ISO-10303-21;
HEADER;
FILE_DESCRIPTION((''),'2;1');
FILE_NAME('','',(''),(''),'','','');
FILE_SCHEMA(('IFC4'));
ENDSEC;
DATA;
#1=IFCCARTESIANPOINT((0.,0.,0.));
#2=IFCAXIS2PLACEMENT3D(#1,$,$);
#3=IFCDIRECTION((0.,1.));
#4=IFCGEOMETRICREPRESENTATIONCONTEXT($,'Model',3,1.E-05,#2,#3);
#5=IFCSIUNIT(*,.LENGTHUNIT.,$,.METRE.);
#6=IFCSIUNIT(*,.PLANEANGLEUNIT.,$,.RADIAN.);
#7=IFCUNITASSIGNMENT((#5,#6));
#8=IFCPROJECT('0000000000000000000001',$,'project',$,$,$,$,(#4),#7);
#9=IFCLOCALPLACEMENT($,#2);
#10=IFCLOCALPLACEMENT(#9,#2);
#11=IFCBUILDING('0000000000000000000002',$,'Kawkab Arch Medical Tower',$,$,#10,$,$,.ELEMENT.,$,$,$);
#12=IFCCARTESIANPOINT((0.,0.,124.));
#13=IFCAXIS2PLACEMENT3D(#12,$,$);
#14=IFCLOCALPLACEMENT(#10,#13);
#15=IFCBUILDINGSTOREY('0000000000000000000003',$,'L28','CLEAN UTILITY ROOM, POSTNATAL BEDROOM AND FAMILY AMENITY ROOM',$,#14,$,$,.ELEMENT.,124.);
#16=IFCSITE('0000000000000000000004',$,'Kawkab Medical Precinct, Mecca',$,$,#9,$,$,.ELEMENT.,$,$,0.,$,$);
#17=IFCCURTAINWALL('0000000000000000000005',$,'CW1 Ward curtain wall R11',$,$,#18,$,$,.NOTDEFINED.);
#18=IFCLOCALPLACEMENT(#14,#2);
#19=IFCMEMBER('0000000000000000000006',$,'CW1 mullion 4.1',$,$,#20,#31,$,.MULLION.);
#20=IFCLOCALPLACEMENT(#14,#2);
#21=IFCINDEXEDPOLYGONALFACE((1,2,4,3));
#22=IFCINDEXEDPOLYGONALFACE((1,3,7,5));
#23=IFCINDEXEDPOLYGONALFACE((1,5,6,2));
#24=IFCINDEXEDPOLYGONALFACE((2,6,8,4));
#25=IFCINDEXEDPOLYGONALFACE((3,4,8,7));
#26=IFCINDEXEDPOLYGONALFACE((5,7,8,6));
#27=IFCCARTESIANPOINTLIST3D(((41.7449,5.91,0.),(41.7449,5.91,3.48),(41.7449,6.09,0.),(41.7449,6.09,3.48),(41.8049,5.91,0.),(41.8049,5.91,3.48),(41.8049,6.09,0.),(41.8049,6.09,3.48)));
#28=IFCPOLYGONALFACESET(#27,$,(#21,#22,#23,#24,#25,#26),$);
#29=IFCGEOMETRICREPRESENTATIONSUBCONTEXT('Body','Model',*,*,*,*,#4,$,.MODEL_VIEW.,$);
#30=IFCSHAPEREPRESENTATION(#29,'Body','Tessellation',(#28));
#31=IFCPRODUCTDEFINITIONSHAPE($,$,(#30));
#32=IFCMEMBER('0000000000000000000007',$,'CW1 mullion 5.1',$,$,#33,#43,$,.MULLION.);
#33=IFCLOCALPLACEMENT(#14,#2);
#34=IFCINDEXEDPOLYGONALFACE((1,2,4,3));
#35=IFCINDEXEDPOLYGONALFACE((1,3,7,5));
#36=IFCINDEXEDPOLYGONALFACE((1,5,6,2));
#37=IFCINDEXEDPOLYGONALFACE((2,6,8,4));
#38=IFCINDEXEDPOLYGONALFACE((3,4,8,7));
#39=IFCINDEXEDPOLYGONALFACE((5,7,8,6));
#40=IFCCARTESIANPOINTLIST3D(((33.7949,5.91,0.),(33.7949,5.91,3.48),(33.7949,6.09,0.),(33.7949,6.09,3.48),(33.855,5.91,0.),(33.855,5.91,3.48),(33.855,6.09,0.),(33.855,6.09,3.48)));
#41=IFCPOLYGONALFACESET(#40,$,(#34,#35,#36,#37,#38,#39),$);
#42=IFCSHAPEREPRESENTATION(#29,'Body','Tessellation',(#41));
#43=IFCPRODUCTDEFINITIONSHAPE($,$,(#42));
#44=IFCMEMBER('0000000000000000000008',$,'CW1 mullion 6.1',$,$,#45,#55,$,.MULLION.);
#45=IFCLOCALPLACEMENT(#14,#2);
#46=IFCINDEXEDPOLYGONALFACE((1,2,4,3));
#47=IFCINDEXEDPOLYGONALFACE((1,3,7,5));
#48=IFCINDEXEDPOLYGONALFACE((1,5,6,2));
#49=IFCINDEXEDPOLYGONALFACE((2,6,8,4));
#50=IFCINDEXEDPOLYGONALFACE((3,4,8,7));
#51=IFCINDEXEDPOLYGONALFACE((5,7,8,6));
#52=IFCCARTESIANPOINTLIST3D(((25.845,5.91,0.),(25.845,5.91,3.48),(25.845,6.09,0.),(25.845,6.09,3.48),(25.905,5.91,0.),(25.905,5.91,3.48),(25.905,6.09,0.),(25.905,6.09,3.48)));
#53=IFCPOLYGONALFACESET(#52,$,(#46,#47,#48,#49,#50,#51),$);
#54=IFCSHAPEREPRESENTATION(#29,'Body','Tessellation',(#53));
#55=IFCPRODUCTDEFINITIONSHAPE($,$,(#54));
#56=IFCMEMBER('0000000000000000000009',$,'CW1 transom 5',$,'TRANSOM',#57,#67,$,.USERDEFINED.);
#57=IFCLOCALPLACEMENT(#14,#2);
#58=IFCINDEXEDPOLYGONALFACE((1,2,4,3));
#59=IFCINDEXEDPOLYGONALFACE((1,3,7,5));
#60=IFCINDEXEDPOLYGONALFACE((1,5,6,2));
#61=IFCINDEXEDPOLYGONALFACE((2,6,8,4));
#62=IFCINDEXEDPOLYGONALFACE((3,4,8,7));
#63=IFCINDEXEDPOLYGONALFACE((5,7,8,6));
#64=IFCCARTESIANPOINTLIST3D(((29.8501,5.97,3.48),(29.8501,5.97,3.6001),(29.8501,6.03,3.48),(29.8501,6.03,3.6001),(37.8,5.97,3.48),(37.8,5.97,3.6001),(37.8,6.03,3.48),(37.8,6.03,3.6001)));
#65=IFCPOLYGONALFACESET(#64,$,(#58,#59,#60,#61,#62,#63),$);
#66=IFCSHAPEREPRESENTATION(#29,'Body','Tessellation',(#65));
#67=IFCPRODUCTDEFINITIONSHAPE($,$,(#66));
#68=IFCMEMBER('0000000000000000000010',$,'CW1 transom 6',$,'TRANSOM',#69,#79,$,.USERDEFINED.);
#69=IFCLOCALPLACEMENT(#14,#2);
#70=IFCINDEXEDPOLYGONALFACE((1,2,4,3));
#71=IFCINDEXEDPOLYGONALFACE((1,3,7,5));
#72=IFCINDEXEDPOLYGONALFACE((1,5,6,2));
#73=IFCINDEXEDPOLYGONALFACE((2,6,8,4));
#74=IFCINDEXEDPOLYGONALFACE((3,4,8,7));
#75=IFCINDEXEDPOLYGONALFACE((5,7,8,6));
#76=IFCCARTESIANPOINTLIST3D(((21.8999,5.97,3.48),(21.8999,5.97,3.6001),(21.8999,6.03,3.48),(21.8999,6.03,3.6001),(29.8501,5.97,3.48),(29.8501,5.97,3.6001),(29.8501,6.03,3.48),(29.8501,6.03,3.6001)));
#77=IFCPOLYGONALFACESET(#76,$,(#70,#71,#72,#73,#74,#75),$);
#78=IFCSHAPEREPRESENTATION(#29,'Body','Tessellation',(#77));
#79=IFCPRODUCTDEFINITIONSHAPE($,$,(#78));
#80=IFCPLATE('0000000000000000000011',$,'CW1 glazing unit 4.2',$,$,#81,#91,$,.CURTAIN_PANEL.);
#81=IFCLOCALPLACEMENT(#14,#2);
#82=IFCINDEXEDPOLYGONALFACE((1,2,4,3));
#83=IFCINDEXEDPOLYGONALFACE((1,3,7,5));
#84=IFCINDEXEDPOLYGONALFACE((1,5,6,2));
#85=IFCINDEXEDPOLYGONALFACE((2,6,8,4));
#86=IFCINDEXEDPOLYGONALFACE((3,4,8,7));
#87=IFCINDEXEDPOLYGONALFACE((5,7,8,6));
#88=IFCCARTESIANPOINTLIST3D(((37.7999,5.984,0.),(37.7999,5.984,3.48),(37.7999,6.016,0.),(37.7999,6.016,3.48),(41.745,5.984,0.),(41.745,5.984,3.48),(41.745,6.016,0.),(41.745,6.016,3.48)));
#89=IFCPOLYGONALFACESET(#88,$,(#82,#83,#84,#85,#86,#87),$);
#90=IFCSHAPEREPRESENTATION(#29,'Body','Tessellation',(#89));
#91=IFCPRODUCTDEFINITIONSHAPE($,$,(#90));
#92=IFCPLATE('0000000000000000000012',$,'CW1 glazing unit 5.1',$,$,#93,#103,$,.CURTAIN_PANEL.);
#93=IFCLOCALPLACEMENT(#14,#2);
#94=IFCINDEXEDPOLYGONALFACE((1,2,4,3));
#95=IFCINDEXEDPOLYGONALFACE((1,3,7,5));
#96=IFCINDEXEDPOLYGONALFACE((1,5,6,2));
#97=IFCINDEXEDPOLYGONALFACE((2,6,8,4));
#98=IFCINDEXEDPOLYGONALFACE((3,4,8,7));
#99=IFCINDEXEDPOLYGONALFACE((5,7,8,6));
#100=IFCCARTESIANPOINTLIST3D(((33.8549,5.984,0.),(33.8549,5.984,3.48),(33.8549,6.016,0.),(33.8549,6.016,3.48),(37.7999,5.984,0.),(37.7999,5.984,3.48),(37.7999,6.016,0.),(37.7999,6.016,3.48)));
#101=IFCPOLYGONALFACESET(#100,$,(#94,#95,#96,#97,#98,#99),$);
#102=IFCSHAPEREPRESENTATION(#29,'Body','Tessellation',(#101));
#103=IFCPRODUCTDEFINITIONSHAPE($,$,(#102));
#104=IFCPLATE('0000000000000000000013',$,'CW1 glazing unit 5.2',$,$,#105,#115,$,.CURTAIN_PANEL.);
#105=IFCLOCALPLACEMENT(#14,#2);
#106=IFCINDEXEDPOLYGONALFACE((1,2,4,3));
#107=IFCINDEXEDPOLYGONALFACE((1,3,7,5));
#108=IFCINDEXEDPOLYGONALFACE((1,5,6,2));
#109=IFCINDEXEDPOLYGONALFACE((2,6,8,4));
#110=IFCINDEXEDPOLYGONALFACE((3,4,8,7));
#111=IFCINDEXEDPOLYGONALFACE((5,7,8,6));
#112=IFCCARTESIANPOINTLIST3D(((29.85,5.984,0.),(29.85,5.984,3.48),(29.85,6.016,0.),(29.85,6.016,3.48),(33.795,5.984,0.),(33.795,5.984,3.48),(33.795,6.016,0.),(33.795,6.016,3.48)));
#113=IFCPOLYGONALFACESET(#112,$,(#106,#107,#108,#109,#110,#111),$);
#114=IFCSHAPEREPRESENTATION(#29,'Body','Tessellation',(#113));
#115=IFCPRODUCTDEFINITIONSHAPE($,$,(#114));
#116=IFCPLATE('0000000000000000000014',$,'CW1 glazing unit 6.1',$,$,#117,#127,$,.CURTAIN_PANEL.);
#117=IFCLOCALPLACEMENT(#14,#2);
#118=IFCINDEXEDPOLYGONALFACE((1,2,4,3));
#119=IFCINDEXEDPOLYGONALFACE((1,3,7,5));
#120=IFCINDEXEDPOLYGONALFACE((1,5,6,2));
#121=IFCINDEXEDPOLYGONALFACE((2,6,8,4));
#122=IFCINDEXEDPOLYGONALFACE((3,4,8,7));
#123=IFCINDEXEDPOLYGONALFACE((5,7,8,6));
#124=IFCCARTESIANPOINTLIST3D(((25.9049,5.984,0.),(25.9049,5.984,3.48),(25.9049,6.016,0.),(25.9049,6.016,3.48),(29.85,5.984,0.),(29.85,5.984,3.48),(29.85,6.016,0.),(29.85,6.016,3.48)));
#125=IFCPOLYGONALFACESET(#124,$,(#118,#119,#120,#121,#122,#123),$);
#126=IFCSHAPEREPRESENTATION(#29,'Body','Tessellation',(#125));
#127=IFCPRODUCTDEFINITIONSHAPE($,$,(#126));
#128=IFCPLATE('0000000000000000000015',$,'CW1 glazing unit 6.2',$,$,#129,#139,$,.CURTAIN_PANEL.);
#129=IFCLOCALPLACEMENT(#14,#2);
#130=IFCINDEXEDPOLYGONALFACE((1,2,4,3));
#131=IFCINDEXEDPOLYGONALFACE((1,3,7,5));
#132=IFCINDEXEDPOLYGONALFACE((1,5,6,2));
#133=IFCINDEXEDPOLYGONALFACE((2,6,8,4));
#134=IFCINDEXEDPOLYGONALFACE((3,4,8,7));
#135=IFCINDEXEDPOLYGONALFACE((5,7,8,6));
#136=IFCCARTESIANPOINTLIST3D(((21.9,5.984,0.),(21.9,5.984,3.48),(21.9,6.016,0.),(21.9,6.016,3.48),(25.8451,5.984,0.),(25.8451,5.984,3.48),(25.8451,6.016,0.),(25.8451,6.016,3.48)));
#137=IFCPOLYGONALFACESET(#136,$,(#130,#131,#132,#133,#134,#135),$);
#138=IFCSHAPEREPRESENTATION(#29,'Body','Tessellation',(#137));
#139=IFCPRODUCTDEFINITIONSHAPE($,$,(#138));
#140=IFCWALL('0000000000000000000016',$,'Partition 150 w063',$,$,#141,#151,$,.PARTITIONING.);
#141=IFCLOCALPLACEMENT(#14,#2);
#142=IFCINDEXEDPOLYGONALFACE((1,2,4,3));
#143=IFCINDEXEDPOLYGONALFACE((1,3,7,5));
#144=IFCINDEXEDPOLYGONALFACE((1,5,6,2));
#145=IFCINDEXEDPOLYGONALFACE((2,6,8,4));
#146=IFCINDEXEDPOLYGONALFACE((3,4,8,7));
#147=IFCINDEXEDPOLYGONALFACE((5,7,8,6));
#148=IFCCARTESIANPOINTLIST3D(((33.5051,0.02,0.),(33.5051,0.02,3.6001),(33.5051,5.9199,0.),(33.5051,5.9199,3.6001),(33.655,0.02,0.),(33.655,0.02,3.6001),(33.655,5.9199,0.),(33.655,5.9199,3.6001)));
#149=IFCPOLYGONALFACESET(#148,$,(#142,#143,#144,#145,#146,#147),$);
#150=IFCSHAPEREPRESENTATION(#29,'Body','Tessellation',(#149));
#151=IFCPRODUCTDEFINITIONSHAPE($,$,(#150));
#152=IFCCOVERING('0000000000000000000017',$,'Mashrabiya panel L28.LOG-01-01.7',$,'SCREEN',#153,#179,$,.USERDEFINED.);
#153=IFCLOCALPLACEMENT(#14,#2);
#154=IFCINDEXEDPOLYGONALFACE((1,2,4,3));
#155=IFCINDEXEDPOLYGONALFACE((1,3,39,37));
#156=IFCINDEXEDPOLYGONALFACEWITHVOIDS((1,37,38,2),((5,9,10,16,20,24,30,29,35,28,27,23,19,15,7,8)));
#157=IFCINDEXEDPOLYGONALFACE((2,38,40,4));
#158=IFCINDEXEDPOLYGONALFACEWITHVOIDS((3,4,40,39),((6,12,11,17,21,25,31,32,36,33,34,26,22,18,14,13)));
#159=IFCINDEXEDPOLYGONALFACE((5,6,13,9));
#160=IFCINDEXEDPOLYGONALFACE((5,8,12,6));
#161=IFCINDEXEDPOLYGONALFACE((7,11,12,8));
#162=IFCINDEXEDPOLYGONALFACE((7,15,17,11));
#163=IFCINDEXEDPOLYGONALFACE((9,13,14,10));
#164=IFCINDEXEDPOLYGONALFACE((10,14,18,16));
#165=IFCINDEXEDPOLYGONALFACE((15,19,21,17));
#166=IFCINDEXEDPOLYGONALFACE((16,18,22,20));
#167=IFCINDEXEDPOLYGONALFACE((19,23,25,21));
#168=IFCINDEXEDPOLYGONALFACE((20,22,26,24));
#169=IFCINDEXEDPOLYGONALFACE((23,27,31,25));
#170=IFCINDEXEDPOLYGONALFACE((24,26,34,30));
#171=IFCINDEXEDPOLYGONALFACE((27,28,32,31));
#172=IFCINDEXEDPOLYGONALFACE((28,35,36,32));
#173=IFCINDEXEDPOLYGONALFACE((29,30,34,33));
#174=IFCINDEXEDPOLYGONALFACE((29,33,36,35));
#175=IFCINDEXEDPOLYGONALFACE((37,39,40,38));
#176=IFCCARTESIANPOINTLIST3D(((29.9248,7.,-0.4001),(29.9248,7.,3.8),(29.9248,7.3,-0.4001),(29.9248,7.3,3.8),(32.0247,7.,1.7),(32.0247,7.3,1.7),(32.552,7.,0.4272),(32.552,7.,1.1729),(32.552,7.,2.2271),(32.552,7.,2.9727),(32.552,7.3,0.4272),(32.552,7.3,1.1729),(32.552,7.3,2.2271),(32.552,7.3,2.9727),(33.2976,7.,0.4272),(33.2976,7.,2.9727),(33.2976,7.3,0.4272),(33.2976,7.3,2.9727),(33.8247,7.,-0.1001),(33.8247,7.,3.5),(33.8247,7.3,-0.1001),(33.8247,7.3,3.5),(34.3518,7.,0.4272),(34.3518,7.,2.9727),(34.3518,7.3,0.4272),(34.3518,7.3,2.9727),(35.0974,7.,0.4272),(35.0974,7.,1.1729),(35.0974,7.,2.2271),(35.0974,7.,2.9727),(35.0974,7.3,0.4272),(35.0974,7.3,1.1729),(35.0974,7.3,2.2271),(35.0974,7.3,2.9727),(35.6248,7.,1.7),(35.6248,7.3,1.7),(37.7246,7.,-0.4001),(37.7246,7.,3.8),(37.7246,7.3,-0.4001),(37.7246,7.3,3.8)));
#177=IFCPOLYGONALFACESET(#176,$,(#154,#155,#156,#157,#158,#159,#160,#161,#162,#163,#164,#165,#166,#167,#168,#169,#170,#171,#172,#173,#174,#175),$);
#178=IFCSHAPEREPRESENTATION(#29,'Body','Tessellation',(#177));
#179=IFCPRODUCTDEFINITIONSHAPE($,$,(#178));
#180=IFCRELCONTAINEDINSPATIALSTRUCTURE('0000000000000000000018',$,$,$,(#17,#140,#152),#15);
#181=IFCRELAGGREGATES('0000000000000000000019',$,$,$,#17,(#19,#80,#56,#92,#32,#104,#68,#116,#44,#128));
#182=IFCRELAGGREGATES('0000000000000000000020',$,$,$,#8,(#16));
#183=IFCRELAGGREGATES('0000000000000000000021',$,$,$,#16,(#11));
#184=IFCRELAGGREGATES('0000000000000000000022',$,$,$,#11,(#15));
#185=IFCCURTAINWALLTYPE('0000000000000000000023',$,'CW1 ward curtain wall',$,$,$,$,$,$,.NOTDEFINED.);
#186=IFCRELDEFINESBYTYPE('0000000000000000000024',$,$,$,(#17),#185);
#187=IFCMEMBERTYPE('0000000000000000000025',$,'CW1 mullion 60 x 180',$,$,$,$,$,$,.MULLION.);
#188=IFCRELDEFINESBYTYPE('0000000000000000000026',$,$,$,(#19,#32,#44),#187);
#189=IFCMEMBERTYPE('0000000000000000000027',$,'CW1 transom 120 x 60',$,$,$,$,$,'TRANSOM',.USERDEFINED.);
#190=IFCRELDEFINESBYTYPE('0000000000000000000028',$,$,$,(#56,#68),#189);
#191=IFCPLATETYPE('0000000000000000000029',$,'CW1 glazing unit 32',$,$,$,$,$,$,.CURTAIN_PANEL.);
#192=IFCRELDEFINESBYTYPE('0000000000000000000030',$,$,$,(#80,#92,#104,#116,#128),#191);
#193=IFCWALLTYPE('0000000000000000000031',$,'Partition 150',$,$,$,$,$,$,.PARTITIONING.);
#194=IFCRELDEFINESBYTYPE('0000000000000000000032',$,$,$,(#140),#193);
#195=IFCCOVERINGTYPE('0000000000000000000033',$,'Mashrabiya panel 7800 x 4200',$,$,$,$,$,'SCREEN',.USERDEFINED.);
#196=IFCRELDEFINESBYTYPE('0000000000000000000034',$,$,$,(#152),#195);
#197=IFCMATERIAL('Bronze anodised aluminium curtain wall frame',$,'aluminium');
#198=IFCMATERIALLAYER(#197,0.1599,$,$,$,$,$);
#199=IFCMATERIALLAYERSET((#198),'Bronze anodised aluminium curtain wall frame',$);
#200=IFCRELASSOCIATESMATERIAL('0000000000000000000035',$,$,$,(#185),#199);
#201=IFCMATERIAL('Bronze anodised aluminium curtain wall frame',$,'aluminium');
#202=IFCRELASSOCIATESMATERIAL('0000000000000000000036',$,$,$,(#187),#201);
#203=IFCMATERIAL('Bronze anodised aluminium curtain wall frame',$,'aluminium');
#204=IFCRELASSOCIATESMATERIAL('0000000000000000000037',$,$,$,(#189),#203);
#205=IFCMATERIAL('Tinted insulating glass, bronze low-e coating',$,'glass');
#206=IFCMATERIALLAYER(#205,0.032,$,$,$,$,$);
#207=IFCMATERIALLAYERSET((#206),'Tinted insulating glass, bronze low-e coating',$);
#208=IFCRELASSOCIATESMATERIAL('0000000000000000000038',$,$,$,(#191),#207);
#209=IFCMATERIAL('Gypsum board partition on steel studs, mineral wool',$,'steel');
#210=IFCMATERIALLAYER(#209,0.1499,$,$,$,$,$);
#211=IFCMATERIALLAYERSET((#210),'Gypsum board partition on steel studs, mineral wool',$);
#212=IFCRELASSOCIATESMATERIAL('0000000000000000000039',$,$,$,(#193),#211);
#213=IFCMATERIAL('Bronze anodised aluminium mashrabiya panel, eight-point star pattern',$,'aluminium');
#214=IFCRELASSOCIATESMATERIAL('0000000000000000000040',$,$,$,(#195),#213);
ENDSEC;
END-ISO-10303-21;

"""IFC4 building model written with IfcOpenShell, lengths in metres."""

from ifc_helpers import new_model, si_unit, direction, frame, frame_2d, origin, origin_2d, place, context, subcontext, project, spatial, polyline, rectangle, outline, extrude, material, layer, layer_set, material_profile, profile_set, type_object, element, aggregate, save


model = new_model("IFC4")

# Units and contexts
model_context = context("Model", 3, precision=1e-05, world=origin(), true_north=direction((0.0, 1.0)))
body_context = subcontext(model_context, "Body", "Model", "MODEL_VIEW")
ifc_project = project(units=[si_unit("LENGTHUNIT", "METRE"), si_unit("PLANEANGLEUNIT", "RADIAN")], contexts=[model_context])

# Site, building, storey
site_placement = place(None, origin())
site = spatial("IfcSite", under=ifc_project, at=site_placement, Name="Kawkab Medical Precinct, Mecca", CompositionType="ELEMENT", RefElevation=0.0)
building_placement = place(site_placement, origin())
building = spatial("IfcBuilding", under=site, at=building_placement, Name="Kawkab Arch Medical Tower", CompositionType="ELEMENT")
storey_placement = place(building_placement, frame((0.0, 0.0, 124.0)))
storey = spatial("IfcBuildingStorey", under=building, at=storey_placement, Name="L28", Description="CLEAN UTILITY ROOM, POSTNATAL BEDROOM AND FAMILY AMENITY ROOM", CompositionType="ELEMENT", Elevation=124.0)

# Curtain wall, members, plates
ifc_material_1 = material(Name="Bronze anodised aluminium curtain wall frame", Category="aluminium")
ifc_layer_1 = layer(ifc_material_1, 0.1599)
ifc_layer_set_1 = layer_set([ifc_layer_1], Name="Bronze anodised aluminium curtain wall frame")
curtain_wall_type = type_object("IfcCurtainWallType", Name="CW1 ward curtain wall", PredefinedType="NOTDEFINED", material=ifc_layer_set_1)
curtain_wall_placement = place(storey_placement, origin())
curtain_wall = element("IfcCurtainWall", 1, at=curtain_wall_placement, inside=storey, type_object=curtain_wall_type, Name="CW1 Ward curtain wall R11", PredefinedType="NOTDEFINED")
ifc_material_2 = material(Name="Bronze anodised aluminium curtain wall frame", Category="aluminium")
ifc_material_profile_1 = material_profile(ifc_material_2, rectangle(XDim=0.1799, YDim=0.0601, at=origin_2d()), Name="AL 60x180")
ifc_profile_set_1 = profile_set([ifc_material_profile_1], Name="Bronze anodised aluminium curtain wall frame")
member_type_1 = type_object("IfcMemberType", Name="CW1 mullion 60 x 180", PredefinedType="MULLION", material=ifc_profile_set_1)
member_1_placement = place(storey_placement, frame((41.7749, 6.0, 0.0), z_axis=(0.0, 0.0, 1.0), x_axis=(0.0, -1.0, 0.0)))
member_1 = element("IfcMember", 2, at=member_1_placement, type_object=member_type_1, Name="CW1 mullion 4.1", PredefinedType="MULLION", context=body_context, shape_type="SweptSolid", body=[
    extrude(rectangle(XDim=0.1799, YDim=0.0601, at=origin_2d()), origin(), (0.0, 0.0, 1.0), 3.48),
])
member_2_placement = place(storey_placement, frame((33.825, 6.0, 0.0), z_axis=(0.0, 0.0, 1.0), x_axis=(0.0, -1.0, 0.0)))
member_2 = element("IfcMember", 3, at=member_2_placement, type_object=member_type_1, Name="CW1 mullion 5.1", PredefinedType="MULLION", context=body_context, shape_type="SweptSolid", body=[
    extrude(rectangle(XDim=0.1799, YDim=0.0601, at=origin_2d()), origin(), (0.0, 0.0, 1.0), 3.48),
])
member_3_placement = place(storey_placement, frame((25.875, 6.0, 0.0), z_axis=(0.0, 0.0, 1.0), x_axis=(0.0, -1.0, 0.0)))
member_3 = element("IfcMember", 4, at=member_3_placement, type_object=member_type_1, Name="CW1 mullion 6.1", PredefinedType="MULLION", context=body_context, shape_type="SweptSolid", body=[
    extrude(rectangle(XDim=0.1799, YDim=0.0601, at=origin_2d()), origin(), (0.0, 0.0, 1.0), 3.48),
])
ifc_material_3 = material(Name="Bronze anodised aluminium curtain wall frame", Category="aluminium")
ifc_material_profile_2 = material_profile(ifc_material_3, rectangle(XDim=0.0601, YDim=0.1201, at=origin_2d()), Name="AL 60x120")
ifc_profile_set_2 = profile_set([ifc_material_profile_2], Name="Bronze anodised aluminium curtain wall frame")
member_type_2 = type_object("IfcMemberType", Name="CW1 transom 120 x 60", ElementType="TRANSOM", PredefinedType="USERDEFINED", material=ifc_profile_set_2)
member_4_placement = place(storey_placement, frame((37.8, 6.0, 3.54), z_axis=(-1.0, 0.0, 0.0), x_axis=(0.0, -1.0, 0.0)))
member_4 = element("IfcMember", 5, at=member_4_placement, type_object=member_type_2, Name="CW1 transom 5", ObjectType="TRANSOM", PredefinedType="USERDEFINED", context=body_context, shape_type="SweptSolid", body=[
    extrude(rectangle(XDim=0.0601, YDim=0.1201, at=origin_2d()), origin(), (0.0, 0.0, 1.0), 7.95),
])
member_5_placement = place(storey_placement, frame((29.8501, 6.0, 3.54), z_axis=(-1.0, 0.0, 0.0), x_axis=(0.0, -1.0, 0.0)))
member_5 = element("IfcMember", 6, at=member_5_placement, type_object=member_type_2, Name="CW1 transom 6", ObjectType="TRANSOM", PredefinedType="USERDEFINED", context=body_context, shape_type="SweptSolid", body=[
    extrude(rectangle(XDim=0.0601, YDim=0.1201, at=origin_2d()), origin(), (0.0, 0.0, 1.0), 7.9502),
])
ifc_material_4 = material(Name="Tinted insulating glass, bronze low-e coating", Category="glass")
ifc_layer_2 = layer(ifc_material_4, 0.032)
ifc_layer_set_2 = layer_set([ifc_layer_2], Name="Tinted insulating glass, bronze low-e coating")
plate_type = type_object("IfcPlateType", Name="CW1 glazing unit 32", PredefinedType="CURTAIN_PANEL", material=ifc_layer_set_2)
plate_1_placement = place(storey_placement, frame((39.7725, 6.0, 0.0), z_axis=(0.0, 0.0, 1.0), x_axis=(-1.0, 0.0, 0.0)))
plate_1 = element("IfcPlate", 7, at=plate_1_placement, type_object=plate_type, Name="CW1 glazing unit 4.2", PredefinedType="CURTAIN_PANEL", context=body_context, shape_type="SweptSolid", body=[
    extrude(rectangle(XDim=3.9451, YDim=0.032, at=origin_2d()), origin(), (0.0, 0.0, 1.0), 3.48),
])
plate_2_placement = place(storey_placement, frame((35.8274, 6.0, 0.0), z_axis=(0.0, 0.0, 1.0), x_axis=(-1.0, 0.0, 0.0)))
plate_2 = element("IfcPlate", 8, at=plate_2_placement, type_object=plate_type, Name="CW1 glazing unit 5.1", PredefinedType="CURTAIN_PANEL", context=body_context, shape_type="SweptSolid", body=[
    extrude(rectangle(XDim=3.9451, YDim=0.032, at=origin_2d()), origin(), (0.0, 0.0, 1.0), 3.48),
])
plate_3_placement = place(storey_placement, frame((31.8225, 6.0, 0.0), z_axis=(0.0, 0.0, 1.0), x_axis=(-1.0, 0.0, 0.0)))
plate_3 = element("IfcPlate", 9, at=plate_3_placement, type_object=plate_type, Name="CW1 glazing unit 5.2", PredefinedType="CURTAIN_PANEL", context=body_context, shape_type="SweptSolid", body=[
    extrude(rectangle(XDim=3.9451, YDim=0.032, at=origin_2d()), origin(), (0.0, 0.0, 1.0), 3.48),
])
plate_4_placement = place(storey_placement, frame((27.8774, 6.0, 0.0), z_axis=(0.0, 0.0, 1.0), x_axis=(-1.0, 0.0, 0.0)))
plate_4 = element("IfcPlate", 10, at=plate_4_placement, type_object=plate_type, Name="CW1 glazing unit 6.1", PredefinedType="CURTAIN_PANEL", context=body_context, shape_type="SweptSolid", body=[
    extrude(rectangle(XDim=3.9451, YDim=0.032, at=origin_2d()), origin(), (0.0, 0.0, 1.0), 3.48),
])
plate_5_placement = place(storey_placement, frame((23.8726, 6.0, 0.0), z_axis=(0.0, 0.0, 1.0), x_axis=(-1.0, 0.0, 0.0)))
plate_5 = element("IfcPlate", 11, at=plate_5_placement, type_object=plate_type, Name="CW1 glazing unit 6.2", PredefinedType="CURTAIN_PANEL", context=body_context, shape_type="SweptSolid", body=[
    extrude(rectangle(XDim=3.9451, YDim=0.032, at=origin_2d()), origin(), (0.0, 0.0, 1.0), 3.48),
])
aggregate(curtain_wall, [member_1, plate_1, member_4, plate_2, member_2, plate_3, member_5, plate_4, member_3, plate_5])

# Wall
ifc_material_5 = material(Name="Gypsum board partition on steel studs, mineral wool", Category="steel")
ifc_layer_3 = layer(ifc_material_5, 0.1499)
ifc_layer_set_3 = layer_set([ifc_layer_3], Name="Gypsum board partition on steel studs, mineral wool")
wall_type = type_object("IfcWallType", Name="Partition 150", PredefinedType="PARTITIONING", material=ifc_layer_set_3)
wall_placement = place(storey_placement, frame((33.5801, 0.02, 0.0), z_axis=(0.0, 0.0, 1.0), x_axis=(0.0, 1.0, 0.0)))
element("IfcWall", 12, at=wall_placement, inside=storey, type_object=wall_type, Name="Partition 150 w063", PredefinedType="PARTITIONING", context=body_context, shape_type="SweptSolid", body=[
    extrude(rectangle(XDim=5.8999, YDim=0.1499, at=frame_2d((2.95, 0.0))), origin(), (0.0, 0.0, 1.0), 3.6001),
])

# Covering
ifc_material_6 = material(Name="Bronze anodised aluminium mashrabiya panel, eight-point star pattern", Category="aluminium")
ifc_material_profile_3 = material_profile(ifc_material_6, outline(polyline([(-3.8999, -2.1001), (3.8999, -2.1001), (3.8999, 2.1001), (-3.8999, 2.1001), (-3.8999, -2.1001)]), holes=[polyline([(1.8, 0.0), (1.2727, 0.5271), (1.2727, 1.2727), (0.5271, 1.2727), (0.0, 1.8), (-0.5271, 1.2727), (-1.2727, 1.2727), (-1.2727, 0.5271), (-1.8, 0.0), (-1.2727, -0.5271), (-1.2727, -1.2727), (-0.5271, -1.2727), (0.0, -1.8), (0.5271, -1.2727), (1.2727, -1.2727), (1.2727, -0.5271), (1.8, 0.0)])]), Name="Mashrabiya panel 7800x4200")
ifc_profile_set_3 = profile_set([ifc_material_profile_3], Name="Bronze anodised aluminium mashrabiya panel, eight-point star pattern")
covering_type_1 = type_object("IfcCoveringType", Name="Mashrabiya panel 7800 x 4200", ElementType="SCREEN", PredefinedType="USERDEFINED", material=ifc_profile_set_3)
covering_placement = place(storey_placement, frame((33.8247, 7.0, 1.7), z_axis=(0.0, 1.0, 0.0), x_axis=(-1.0, 0.0, 0.0)))
element("IfcCovering", 13, at=covering_placement, inside=storey, type_object=covering_type_1, Name="Mashrabiya panel L28.LOG-01-01.7", ObjectType="SCREEN", PredefinedType="USERDEFINED", context=body_context, shape_type="SweptSolid", body=[
    extrude(outline(polyline([(-3.8999, -2.1001), (3.8999, -2.1001), (3.8999, 2.1001), (-3.8999, 2.1001), (-3.8999, -2.1001)]), holes=[polyline([(1.8, 0.0), (1.2727, 0.5271), (1.2727, 1.2727), (0.5271, 1.2727), (0.0, 1.8), (-0.5271, 1.2727), (-1.2727, 1.2727), (-1.2727, 0.5271), (-1.8, 0.0), (-1.2727, -0.5271), (-1.2727, -1.2727), (-0.5271, -1.2727), (0.0, -1.8), (0.5271, -1.2727), (1.2727, -1.2727), (1.2727, -0.5271), (1.8, 0.0)])]), origin(), (0.0, 0.0, 1.0), 0.3),
])

save(model, "model.ifc")
